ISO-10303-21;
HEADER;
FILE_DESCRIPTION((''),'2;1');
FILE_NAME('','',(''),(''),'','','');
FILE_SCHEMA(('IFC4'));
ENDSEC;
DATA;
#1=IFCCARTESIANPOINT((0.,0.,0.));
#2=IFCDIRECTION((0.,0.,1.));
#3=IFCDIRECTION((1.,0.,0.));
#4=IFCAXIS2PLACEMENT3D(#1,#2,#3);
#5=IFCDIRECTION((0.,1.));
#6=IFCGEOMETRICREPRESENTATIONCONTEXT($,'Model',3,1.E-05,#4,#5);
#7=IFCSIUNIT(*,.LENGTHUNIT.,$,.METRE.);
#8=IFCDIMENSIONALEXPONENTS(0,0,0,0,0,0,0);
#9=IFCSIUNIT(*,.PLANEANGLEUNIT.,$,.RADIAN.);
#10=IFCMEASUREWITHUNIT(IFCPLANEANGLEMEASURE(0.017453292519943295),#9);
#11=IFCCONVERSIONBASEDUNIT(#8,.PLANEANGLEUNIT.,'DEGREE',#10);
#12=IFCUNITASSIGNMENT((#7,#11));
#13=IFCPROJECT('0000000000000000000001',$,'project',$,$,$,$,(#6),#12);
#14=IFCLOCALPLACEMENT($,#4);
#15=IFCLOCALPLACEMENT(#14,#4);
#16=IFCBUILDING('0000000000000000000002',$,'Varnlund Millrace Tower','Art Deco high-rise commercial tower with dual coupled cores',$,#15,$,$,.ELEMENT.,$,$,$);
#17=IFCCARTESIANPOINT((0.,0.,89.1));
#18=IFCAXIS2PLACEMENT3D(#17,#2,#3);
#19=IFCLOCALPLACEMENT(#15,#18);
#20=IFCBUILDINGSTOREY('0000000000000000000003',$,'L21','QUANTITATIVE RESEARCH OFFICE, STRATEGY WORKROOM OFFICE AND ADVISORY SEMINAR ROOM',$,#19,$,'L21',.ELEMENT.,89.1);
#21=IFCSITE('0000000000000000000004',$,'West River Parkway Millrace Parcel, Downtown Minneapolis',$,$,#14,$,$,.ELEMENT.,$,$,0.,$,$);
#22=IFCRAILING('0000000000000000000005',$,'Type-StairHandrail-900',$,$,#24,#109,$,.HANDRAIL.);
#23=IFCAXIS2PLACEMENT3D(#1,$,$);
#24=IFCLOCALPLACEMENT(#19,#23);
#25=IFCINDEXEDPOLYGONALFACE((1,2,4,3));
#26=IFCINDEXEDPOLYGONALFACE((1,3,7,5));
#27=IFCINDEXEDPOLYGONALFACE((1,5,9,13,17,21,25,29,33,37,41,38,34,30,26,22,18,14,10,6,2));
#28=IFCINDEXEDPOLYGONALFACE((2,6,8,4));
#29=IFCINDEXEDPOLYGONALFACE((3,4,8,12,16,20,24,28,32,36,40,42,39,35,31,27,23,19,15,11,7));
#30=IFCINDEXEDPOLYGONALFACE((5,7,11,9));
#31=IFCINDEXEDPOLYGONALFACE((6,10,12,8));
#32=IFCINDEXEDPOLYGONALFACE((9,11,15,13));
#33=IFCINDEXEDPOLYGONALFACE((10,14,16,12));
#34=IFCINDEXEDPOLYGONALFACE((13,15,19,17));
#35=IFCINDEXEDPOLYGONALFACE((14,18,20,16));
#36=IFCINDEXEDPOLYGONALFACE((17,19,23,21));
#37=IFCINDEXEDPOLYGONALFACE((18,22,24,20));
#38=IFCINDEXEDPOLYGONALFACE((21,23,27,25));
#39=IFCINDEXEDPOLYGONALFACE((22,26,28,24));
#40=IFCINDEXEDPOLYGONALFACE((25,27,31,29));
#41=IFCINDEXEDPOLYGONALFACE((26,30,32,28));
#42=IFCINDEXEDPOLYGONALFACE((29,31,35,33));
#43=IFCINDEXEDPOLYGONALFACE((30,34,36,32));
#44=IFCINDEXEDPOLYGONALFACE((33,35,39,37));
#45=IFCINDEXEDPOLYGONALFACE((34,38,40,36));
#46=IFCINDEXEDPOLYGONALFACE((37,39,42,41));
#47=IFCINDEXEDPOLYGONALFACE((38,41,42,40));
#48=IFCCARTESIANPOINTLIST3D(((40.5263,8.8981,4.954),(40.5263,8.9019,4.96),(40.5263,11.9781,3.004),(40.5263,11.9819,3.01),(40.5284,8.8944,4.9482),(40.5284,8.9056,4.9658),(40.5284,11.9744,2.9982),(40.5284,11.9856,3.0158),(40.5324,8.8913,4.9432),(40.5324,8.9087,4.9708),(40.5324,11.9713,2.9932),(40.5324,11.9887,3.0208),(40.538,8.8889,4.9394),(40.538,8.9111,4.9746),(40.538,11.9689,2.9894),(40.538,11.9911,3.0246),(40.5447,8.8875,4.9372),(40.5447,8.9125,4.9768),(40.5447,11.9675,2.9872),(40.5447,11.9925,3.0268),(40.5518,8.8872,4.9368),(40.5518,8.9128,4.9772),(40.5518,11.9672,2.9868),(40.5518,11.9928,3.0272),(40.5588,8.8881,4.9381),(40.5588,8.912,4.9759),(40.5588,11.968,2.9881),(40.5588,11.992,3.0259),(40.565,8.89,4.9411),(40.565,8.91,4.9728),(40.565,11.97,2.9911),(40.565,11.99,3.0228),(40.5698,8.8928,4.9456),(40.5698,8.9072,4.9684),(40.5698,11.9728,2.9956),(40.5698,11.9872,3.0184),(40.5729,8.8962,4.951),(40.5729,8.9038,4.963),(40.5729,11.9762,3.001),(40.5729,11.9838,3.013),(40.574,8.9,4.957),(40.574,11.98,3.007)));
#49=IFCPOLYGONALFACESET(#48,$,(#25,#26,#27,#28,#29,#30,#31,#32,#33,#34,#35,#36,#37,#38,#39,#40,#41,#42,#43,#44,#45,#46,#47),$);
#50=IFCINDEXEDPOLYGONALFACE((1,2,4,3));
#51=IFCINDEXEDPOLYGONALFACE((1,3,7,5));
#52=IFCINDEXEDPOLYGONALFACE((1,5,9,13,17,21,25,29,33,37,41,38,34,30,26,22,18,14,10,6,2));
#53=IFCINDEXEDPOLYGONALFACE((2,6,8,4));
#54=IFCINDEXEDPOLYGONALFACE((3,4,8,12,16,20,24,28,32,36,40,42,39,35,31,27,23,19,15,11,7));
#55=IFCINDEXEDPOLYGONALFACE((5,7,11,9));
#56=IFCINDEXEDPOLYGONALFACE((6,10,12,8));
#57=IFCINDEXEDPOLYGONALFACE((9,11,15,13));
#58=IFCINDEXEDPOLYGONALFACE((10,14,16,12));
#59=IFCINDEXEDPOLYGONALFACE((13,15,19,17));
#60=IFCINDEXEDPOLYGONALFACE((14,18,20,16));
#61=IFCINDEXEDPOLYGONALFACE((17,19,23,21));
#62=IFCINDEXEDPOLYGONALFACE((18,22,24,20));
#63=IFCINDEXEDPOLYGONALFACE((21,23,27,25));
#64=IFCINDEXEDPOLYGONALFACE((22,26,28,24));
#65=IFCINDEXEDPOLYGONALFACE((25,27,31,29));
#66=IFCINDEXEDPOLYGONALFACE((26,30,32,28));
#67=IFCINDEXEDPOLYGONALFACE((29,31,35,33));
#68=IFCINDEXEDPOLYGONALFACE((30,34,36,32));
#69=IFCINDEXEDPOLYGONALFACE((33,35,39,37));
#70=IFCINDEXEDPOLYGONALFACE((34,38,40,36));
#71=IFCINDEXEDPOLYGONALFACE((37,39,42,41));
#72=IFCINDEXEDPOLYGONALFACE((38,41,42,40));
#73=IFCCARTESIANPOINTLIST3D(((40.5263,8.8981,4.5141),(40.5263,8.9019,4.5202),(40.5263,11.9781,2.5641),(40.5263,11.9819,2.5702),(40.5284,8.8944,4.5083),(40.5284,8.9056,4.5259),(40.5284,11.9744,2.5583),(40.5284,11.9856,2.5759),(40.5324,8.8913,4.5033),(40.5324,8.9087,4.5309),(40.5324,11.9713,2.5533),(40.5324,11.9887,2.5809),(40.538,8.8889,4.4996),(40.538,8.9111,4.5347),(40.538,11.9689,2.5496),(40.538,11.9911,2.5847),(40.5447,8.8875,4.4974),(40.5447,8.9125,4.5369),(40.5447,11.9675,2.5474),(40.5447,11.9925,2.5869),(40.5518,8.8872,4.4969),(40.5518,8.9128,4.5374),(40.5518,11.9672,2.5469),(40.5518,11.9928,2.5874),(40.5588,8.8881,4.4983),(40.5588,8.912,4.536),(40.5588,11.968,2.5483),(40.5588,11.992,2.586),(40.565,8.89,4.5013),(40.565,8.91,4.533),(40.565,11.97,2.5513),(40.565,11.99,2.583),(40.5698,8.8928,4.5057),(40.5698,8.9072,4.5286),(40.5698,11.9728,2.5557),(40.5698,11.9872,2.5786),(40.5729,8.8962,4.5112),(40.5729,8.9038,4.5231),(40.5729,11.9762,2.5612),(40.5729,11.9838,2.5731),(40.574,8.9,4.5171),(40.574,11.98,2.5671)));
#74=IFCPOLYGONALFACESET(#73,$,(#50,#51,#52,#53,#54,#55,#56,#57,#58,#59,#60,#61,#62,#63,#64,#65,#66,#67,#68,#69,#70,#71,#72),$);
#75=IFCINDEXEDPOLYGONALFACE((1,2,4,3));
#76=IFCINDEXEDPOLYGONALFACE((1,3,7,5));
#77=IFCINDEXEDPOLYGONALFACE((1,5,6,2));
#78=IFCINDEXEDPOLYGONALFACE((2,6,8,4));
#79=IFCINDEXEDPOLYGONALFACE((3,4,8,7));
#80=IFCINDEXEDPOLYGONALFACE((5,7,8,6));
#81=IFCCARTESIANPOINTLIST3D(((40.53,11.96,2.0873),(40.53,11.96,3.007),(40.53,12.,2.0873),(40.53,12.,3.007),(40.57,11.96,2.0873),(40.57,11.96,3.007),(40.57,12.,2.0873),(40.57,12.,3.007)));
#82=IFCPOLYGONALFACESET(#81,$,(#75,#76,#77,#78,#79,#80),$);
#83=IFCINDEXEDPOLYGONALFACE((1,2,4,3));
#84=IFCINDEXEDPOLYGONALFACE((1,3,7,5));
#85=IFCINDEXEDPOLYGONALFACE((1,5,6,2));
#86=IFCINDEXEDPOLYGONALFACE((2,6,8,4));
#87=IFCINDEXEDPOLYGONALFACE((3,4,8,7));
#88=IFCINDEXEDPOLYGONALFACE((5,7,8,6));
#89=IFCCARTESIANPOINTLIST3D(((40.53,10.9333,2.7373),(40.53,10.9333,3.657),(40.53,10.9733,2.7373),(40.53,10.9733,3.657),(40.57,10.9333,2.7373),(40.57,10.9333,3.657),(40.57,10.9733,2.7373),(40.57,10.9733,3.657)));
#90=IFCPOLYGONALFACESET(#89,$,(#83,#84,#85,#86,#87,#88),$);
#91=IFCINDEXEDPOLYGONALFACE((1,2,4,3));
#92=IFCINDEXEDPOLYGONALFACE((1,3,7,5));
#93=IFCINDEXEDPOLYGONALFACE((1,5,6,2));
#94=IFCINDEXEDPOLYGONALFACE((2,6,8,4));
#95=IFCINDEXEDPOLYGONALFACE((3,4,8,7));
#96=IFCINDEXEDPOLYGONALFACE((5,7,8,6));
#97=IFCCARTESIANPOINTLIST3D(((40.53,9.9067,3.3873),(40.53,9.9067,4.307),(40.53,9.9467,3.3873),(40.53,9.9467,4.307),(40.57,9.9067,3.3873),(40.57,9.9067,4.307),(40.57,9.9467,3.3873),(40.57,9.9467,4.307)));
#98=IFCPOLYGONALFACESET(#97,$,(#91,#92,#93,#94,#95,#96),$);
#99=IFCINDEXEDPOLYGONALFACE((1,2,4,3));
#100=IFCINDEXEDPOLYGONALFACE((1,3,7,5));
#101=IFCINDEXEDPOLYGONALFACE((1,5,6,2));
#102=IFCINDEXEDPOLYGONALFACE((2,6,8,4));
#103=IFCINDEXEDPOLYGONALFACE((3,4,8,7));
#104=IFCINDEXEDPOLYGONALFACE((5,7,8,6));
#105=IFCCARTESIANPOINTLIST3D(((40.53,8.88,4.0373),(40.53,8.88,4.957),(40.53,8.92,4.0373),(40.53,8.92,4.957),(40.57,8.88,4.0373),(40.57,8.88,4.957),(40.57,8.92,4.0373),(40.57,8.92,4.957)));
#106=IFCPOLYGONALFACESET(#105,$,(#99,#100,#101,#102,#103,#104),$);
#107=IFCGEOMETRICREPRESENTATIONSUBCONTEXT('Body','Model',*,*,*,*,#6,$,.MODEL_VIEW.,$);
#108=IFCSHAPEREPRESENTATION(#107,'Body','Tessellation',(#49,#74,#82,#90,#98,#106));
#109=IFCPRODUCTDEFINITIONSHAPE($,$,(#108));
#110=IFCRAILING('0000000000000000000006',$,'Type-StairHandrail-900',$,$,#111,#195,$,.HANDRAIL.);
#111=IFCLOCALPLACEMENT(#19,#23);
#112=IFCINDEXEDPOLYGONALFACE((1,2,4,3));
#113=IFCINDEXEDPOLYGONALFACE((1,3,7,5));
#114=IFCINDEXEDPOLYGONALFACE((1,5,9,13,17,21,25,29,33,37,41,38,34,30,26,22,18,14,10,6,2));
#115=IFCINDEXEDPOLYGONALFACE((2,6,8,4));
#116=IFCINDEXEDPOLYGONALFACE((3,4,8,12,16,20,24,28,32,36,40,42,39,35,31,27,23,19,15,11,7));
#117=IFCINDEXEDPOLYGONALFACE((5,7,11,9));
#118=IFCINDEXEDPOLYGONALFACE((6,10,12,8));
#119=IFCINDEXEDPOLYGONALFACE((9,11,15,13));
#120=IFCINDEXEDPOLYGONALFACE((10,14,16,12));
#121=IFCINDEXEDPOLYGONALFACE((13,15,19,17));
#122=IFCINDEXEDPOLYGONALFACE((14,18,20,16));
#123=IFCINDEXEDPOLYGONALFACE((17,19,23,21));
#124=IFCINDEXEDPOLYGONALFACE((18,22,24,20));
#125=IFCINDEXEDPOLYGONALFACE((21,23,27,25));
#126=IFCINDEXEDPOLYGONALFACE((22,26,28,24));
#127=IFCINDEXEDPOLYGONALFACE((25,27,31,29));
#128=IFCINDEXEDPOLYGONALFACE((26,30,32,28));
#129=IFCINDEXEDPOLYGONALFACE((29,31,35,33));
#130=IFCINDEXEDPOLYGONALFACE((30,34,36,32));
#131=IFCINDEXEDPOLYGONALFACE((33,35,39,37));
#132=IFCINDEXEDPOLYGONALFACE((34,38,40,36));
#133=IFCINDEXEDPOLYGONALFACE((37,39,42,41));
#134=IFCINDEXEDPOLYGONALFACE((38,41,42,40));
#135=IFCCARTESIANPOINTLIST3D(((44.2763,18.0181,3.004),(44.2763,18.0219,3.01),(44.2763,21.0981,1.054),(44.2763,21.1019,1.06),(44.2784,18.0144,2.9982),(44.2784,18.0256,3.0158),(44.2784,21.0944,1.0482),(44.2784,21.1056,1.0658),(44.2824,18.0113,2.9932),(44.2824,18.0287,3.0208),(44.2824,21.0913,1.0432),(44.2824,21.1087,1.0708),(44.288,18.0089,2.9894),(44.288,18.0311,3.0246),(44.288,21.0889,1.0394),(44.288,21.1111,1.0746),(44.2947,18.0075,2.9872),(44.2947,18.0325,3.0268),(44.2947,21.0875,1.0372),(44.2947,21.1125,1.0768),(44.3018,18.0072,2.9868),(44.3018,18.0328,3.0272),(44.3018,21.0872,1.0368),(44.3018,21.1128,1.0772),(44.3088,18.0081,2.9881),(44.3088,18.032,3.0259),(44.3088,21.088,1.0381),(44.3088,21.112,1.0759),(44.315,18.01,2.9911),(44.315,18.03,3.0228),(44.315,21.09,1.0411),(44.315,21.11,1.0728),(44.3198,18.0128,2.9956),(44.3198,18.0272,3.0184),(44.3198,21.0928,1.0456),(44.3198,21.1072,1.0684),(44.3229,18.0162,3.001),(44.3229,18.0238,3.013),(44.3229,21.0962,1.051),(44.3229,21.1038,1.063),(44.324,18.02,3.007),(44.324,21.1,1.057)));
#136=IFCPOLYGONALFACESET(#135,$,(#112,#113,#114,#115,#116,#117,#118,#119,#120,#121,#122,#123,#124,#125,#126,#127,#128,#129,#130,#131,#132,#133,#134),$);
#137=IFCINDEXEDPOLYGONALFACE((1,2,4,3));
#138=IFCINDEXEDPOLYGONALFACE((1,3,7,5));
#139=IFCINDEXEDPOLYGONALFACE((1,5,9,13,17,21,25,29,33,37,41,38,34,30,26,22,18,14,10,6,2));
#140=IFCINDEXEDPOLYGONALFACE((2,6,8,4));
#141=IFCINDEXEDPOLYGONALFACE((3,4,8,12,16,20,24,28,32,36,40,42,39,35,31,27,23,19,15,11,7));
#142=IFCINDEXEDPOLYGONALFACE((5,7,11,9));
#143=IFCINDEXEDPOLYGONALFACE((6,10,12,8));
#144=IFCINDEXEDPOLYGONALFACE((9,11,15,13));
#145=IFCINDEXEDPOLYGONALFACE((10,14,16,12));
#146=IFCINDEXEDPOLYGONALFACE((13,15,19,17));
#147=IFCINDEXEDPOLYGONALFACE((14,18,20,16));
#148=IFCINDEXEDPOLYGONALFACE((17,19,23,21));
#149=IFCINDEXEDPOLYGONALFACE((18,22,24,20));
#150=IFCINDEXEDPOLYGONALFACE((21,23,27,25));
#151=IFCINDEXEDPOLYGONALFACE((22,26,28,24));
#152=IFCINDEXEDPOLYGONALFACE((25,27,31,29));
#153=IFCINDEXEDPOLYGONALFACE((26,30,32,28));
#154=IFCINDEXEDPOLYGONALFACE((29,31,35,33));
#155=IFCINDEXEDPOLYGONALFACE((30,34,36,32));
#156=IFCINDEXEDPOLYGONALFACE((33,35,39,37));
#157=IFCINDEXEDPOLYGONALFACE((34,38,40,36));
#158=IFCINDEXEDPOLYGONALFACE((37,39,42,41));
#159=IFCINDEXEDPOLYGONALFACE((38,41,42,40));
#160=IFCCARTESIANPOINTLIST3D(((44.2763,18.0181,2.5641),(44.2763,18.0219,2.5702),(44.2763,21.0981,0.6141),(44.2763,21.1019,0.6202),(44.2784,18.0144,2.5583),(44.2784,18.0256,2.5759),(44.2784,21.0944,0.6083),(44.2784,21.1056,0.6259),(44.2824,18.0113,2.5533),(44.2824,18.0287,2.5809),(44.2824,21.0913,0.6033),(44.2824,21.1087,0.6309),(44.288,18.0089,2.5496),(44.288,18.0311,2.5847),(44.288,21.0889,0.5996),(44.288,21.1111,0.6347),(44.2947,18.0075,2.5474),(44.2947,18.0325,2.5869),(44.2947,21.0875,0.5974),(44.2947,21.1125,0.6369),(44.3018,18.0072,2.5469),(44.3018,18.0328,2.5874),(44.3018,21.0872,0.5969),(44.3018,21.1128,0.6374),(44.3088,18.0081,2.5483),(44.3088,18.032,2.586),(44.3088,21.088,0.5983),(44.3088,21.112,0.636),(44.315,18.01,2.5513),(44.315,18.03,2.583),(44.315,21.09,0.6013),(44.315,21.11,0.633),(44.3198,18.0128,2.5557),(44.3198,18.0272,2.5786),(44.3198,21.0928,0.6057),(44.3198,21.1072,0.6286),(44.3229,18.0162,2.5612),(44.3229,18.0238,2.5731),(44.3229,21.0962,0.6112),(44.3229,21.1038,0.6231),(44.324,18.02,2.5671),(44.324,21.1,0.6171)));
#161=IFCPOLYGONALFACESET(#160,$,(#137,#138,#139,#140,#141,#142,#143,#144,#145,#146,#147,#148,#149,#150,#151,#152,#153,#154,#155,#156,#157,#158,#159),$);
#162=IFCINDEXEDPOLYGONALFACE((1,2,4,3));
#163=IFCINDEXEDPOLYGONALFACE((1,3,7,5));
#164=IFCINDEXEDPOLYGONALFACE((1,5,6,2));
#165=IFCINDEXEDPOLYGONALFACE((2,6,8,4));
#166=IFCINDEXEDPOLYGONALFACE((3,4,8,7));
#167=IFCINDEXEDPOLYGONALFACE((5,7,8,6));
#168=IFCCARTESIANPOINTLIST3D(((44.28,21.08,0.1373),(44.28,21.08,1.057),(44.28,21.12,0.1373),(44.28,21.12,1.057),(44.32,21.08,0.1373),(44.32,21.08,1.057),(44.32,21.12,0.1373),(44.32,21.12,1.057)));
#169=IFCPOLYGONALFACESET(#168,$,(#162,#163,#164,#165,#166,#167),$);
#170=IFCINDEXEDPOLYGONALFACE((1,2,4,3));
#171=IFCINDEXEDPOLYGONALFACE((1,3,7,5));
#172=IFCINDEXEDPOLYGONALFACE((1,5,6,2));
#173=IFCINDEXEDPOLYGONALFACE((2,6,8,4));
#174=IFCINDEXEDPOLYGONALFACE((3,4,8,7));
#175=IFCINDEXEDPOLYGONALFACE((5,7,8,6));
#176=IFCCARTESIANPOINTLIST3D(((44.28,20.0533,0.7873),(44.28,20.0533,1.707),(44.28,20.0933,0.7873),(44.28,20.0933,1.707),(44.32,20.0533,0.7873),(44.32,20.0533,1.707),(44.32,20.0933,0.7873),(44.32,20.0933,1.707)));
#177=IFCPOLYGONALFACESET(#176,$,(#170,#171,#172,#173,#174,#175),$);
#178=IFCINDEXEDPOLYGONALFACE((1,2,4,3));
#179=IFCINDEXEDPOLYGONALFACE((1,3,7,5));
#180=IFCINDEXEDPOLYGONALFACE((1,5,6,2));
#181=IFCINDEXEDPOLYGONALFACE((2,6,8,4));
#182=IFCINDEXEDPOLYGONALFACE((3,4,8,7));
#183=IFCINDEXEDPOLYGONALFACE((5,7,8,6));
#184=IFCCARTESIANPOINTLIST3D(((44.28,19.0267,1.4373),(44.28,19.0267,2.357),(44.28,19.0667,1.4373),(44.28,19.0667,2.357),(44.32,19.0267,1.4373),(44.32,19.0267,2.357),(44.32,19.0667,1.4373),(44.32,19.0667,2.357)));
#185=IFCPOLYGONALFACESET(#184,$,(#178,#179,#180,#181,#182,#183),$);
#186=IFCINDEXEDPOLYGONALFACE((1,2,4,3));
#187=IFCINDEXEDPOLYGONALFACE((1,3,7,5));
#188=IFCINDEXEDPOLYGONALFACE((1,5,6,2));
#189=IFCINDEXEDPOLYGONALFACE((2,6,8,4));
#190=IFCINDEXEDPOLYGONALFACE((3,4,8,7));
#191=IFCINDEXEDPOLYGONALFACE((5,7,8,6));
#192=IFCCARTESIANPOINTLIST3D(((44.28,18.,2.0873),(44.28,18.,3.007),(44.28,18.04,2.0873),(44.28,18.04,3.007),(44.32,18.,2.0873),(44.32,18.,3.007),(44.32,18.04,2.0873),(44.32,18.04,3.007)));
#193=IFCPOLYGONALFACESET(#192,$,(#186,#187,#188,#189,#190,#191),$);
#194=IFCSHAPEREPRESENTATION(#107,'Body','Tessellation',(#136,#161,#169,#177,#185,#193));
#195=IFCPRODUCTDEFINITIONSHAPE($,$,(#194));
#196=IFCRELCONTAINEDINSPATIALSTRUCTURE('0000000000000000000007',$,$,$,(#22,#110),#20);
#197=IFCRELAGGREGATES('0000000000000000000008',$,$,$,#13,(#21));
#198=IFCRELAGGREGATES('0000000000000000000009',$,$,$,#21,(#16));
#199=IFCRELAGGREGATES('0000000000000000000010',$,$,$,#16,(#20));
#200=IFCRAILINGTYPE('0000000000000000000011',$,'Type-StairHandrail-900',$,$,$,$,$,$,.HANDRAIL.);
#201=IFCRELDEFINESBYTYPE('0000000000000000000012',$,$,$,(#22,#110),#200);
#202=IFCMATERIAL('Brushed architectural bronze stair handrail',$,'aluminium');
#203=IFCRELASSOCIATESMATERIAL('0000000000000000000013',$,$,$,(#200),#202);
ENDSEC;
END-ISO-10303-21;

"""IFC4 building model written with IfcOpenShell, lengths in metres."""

from ifc_helpers import new_model, entity, si_unit, converted_unit, direction, frame, origin_with_axes, origin_2d_with_axis, place, context, subcontext, project, spatial, rectangle, circle, extrude, material, type_object, element, save


model = new_model("IFC4")

# Units and contexts
model_context = context("Model", 3, precision=1e-05, world=origin_with_axes(), true_north=direction((0.0, 1.0)))
body_context = subcontext(model_context, "Body", "Model", "MODEL_VIEW")
ifc_project = project(units=[si_unit("LENGTHUNIT", "METRE"), converted_unit("PLANEANGLEUNIT", "DEGREE", entity("IfcPlaneAngleMeasure", 0.017453292519943295), si_unit("PLANEANGLEUNIT", "RADIAN"), dimensions=[0, 0, 0, 0, 0, 0, 0])], contexts=[model_context])

# Site, building, storey
site_placement = place(None, origin_with_axes())
site = spatial("IfcSite", under=ifc_project, at=site_placement, Name="West River Parkway Millrace Parcel, Downtown Minneapolis", CompositionType="ELEMENT", RefElevation=0.0)
building_placement = place(site_placement, origin_with_axes())
building = spatial("IfcBuilding", under=site, at=building_placement, Name="Varnlund Millrace Tower", Description="Art Deco high-rise commercial tower with dual coupled cores", CompositionType="ELEMENT")
storey_placement = place(building_placement, frame((0.0, 0.0, 89.1), z_axis=(0.0, 0.0, 1.0), x_axis=(1.0, 0.0, 0.0)))
storey = spatial("IfcBuildingStorey", under=building, at=storey_placement, Name="L21", Description="QUANTITATIVE RESEARCH OFFICE, STRATEGY WORKROOM OFFICE AND ADVISORY SEMINAR ROOM", LongName="L21", CompositionType="ELEMENT", Elevation=89.1)

# Railings
ifc_material_1 = material(Name="Brushed architectural bronze stair handrail", Category="aluminium")
railing_type_1 = type_object("IfcRailingType", Name="Type-StairHandrail-900", PredefinedType="HANDRAIL", material=ifc_material_1)
railing_1_placement = place(storey_placement, frame((0.0, 0.0, -89.1), z_axis=(0.0, 0.0, 1.0), x_axis=(1.0, 0.0, 0.0)))
element("IfcRailing", 1, at=railing_1_placement, inside=storey, type_object=railing_type_1, Name="Type-StairHandrail-900", PredefinedType="HANDRAIL", context=body_context, shape_type="SweptSolid", body=[
    extrude(circle(Radius=0.024, at=origin_2d_with_axis()), frame((40.55, 11.98, 92.107), z_axis=(0.0, -0.844902, 0.534922), x_axis=(1.0, 0.0, 0.0)), (0.0, 0.0, 1.0), 3.6454),
    extrude(circle(Radius=0.024, at=origin_2d_with_axis()), frame((40.55, 11.98, 91.6671), z_axis=(0.0, -0.844902, 0.534922), x_axis=(1.0, 0.0, 0.0)), (0.0, 0.0, 1.0), 3.6454),
    extrude(rectangle(XDim=0.04, YDim=0.04, at=origin_2d_with_axis()), frame((40.55, 11.98, 91.1873), z_axis=(0.0, 0.0, 1.0), x_axis=(1.0, 0.0, 0.0)), (0.0, 0.0, 1.0), 0.9197),
    extrude(rectangle(XDim=0.04, YDim=0.04, at=origin_2d_with_axis()), frame((40.55, 10.9533, 91.8373), z_axis=(0.0, 0.0, 1.0), x_axis=(1.0, 0.0, 0.0)), (0.0, 0.0, 1.0), 0.9197),
    extrude(rectangle(XDim=0.04, YDim=0.04, at=origin_2d_with_axis()), frame((40.55, 9.9267, 92.4873), z_axis=(0.0, 0.0, 1.0), x_axis=(1.0, 0.0, 0.0)), (0.0, 0.0, 1.0), 0.9197),
    extrude(rectangle(XDim=0.04, YDim=0.04, at=origin_2d_with_axis()), frame((40.55, 8.9, 93.1373), z_axis=(0.0, 0.0, 1.0), x_axis=(1.0, 0.0, 0.0)), (0.0, 0.0, 1.0), 0.9197),
])
railing_2_placement = place(storey_placement, frame((0.0, 0.0, -89.1), z_axis=(0.0, 0.0, 1.0), x_axis=(1.0, 0.0, 0.0)))
element("IfcRailing", 2, at=railing_2_placement, inside=storey, type_object=railing_type_1, Name="Type-StairHandrail-900", PredefinedType="HANDRAIL", context=body_context, shape_type="SweptSolid", body=[
    extrude(circle(Radius=0.024, at=origin_2d_with_axis()), frame((44.3, 21.1, 90.157), z_axis=(0.0, -0.844902, 0.534922), x_axis=(1.0, 0.0, 0.0)), (0.0, 0.0, 1.0), 3.6454),
    extrude(circle(Radius=0.024, at=origin_2d_with_axis()), frame((44.3, 21.1, 89.7171), z_axis=(0.0, -0.844902, 0.534922), x_axis=(1.0, 0.0, 0.0)), (0.0, 0.0, 1.0), 3.6454),
    extrude(rectangle(XDim=0.04, YDim=0.04, at=origin_2d_with_axis()), frame((44.3, 21.1, 89.2373), z_axis=(0.0, 0.0, 1.0), x_axis=(1.0, 0.0, 0.0)), (0.0, 0.0, 1.0), 0.9197),
    extrude(rectangle(XDim=0.04, YDim=0.04, at=origin_2d_with_axis()), frame((44.3, 20.0733, 89.8873), z_axis=(0.0, 0.0, 1.0), x_axis=(1.0, 0.0, 0.0)), (0.0, 0.0, 1.0), 0.9197),
    extrude(rectangle(XDim=0.04, YDim=0.04, at=origin_2d_with_axis()), frame((44.3, 19.0467, 90.5373), z_axis=(0.0, 0.0, 1.0), x_axis=(1.0, 0.0, 0.0)), (0.0, 0.0, 1.0), 0.9197),
    extrude(rectangle(XDim=0.04, YDim=0.04, at=origin_2d_with_axis()), frame((44.3, 18.02, 91.1873), z_axis=(0.0, 0.0, 1.0), x_axis=(1.0, 0.0, 0.0)), (0.0, 0.0, 1.0), 0.9197),
])

save(model, "model.ifc")
